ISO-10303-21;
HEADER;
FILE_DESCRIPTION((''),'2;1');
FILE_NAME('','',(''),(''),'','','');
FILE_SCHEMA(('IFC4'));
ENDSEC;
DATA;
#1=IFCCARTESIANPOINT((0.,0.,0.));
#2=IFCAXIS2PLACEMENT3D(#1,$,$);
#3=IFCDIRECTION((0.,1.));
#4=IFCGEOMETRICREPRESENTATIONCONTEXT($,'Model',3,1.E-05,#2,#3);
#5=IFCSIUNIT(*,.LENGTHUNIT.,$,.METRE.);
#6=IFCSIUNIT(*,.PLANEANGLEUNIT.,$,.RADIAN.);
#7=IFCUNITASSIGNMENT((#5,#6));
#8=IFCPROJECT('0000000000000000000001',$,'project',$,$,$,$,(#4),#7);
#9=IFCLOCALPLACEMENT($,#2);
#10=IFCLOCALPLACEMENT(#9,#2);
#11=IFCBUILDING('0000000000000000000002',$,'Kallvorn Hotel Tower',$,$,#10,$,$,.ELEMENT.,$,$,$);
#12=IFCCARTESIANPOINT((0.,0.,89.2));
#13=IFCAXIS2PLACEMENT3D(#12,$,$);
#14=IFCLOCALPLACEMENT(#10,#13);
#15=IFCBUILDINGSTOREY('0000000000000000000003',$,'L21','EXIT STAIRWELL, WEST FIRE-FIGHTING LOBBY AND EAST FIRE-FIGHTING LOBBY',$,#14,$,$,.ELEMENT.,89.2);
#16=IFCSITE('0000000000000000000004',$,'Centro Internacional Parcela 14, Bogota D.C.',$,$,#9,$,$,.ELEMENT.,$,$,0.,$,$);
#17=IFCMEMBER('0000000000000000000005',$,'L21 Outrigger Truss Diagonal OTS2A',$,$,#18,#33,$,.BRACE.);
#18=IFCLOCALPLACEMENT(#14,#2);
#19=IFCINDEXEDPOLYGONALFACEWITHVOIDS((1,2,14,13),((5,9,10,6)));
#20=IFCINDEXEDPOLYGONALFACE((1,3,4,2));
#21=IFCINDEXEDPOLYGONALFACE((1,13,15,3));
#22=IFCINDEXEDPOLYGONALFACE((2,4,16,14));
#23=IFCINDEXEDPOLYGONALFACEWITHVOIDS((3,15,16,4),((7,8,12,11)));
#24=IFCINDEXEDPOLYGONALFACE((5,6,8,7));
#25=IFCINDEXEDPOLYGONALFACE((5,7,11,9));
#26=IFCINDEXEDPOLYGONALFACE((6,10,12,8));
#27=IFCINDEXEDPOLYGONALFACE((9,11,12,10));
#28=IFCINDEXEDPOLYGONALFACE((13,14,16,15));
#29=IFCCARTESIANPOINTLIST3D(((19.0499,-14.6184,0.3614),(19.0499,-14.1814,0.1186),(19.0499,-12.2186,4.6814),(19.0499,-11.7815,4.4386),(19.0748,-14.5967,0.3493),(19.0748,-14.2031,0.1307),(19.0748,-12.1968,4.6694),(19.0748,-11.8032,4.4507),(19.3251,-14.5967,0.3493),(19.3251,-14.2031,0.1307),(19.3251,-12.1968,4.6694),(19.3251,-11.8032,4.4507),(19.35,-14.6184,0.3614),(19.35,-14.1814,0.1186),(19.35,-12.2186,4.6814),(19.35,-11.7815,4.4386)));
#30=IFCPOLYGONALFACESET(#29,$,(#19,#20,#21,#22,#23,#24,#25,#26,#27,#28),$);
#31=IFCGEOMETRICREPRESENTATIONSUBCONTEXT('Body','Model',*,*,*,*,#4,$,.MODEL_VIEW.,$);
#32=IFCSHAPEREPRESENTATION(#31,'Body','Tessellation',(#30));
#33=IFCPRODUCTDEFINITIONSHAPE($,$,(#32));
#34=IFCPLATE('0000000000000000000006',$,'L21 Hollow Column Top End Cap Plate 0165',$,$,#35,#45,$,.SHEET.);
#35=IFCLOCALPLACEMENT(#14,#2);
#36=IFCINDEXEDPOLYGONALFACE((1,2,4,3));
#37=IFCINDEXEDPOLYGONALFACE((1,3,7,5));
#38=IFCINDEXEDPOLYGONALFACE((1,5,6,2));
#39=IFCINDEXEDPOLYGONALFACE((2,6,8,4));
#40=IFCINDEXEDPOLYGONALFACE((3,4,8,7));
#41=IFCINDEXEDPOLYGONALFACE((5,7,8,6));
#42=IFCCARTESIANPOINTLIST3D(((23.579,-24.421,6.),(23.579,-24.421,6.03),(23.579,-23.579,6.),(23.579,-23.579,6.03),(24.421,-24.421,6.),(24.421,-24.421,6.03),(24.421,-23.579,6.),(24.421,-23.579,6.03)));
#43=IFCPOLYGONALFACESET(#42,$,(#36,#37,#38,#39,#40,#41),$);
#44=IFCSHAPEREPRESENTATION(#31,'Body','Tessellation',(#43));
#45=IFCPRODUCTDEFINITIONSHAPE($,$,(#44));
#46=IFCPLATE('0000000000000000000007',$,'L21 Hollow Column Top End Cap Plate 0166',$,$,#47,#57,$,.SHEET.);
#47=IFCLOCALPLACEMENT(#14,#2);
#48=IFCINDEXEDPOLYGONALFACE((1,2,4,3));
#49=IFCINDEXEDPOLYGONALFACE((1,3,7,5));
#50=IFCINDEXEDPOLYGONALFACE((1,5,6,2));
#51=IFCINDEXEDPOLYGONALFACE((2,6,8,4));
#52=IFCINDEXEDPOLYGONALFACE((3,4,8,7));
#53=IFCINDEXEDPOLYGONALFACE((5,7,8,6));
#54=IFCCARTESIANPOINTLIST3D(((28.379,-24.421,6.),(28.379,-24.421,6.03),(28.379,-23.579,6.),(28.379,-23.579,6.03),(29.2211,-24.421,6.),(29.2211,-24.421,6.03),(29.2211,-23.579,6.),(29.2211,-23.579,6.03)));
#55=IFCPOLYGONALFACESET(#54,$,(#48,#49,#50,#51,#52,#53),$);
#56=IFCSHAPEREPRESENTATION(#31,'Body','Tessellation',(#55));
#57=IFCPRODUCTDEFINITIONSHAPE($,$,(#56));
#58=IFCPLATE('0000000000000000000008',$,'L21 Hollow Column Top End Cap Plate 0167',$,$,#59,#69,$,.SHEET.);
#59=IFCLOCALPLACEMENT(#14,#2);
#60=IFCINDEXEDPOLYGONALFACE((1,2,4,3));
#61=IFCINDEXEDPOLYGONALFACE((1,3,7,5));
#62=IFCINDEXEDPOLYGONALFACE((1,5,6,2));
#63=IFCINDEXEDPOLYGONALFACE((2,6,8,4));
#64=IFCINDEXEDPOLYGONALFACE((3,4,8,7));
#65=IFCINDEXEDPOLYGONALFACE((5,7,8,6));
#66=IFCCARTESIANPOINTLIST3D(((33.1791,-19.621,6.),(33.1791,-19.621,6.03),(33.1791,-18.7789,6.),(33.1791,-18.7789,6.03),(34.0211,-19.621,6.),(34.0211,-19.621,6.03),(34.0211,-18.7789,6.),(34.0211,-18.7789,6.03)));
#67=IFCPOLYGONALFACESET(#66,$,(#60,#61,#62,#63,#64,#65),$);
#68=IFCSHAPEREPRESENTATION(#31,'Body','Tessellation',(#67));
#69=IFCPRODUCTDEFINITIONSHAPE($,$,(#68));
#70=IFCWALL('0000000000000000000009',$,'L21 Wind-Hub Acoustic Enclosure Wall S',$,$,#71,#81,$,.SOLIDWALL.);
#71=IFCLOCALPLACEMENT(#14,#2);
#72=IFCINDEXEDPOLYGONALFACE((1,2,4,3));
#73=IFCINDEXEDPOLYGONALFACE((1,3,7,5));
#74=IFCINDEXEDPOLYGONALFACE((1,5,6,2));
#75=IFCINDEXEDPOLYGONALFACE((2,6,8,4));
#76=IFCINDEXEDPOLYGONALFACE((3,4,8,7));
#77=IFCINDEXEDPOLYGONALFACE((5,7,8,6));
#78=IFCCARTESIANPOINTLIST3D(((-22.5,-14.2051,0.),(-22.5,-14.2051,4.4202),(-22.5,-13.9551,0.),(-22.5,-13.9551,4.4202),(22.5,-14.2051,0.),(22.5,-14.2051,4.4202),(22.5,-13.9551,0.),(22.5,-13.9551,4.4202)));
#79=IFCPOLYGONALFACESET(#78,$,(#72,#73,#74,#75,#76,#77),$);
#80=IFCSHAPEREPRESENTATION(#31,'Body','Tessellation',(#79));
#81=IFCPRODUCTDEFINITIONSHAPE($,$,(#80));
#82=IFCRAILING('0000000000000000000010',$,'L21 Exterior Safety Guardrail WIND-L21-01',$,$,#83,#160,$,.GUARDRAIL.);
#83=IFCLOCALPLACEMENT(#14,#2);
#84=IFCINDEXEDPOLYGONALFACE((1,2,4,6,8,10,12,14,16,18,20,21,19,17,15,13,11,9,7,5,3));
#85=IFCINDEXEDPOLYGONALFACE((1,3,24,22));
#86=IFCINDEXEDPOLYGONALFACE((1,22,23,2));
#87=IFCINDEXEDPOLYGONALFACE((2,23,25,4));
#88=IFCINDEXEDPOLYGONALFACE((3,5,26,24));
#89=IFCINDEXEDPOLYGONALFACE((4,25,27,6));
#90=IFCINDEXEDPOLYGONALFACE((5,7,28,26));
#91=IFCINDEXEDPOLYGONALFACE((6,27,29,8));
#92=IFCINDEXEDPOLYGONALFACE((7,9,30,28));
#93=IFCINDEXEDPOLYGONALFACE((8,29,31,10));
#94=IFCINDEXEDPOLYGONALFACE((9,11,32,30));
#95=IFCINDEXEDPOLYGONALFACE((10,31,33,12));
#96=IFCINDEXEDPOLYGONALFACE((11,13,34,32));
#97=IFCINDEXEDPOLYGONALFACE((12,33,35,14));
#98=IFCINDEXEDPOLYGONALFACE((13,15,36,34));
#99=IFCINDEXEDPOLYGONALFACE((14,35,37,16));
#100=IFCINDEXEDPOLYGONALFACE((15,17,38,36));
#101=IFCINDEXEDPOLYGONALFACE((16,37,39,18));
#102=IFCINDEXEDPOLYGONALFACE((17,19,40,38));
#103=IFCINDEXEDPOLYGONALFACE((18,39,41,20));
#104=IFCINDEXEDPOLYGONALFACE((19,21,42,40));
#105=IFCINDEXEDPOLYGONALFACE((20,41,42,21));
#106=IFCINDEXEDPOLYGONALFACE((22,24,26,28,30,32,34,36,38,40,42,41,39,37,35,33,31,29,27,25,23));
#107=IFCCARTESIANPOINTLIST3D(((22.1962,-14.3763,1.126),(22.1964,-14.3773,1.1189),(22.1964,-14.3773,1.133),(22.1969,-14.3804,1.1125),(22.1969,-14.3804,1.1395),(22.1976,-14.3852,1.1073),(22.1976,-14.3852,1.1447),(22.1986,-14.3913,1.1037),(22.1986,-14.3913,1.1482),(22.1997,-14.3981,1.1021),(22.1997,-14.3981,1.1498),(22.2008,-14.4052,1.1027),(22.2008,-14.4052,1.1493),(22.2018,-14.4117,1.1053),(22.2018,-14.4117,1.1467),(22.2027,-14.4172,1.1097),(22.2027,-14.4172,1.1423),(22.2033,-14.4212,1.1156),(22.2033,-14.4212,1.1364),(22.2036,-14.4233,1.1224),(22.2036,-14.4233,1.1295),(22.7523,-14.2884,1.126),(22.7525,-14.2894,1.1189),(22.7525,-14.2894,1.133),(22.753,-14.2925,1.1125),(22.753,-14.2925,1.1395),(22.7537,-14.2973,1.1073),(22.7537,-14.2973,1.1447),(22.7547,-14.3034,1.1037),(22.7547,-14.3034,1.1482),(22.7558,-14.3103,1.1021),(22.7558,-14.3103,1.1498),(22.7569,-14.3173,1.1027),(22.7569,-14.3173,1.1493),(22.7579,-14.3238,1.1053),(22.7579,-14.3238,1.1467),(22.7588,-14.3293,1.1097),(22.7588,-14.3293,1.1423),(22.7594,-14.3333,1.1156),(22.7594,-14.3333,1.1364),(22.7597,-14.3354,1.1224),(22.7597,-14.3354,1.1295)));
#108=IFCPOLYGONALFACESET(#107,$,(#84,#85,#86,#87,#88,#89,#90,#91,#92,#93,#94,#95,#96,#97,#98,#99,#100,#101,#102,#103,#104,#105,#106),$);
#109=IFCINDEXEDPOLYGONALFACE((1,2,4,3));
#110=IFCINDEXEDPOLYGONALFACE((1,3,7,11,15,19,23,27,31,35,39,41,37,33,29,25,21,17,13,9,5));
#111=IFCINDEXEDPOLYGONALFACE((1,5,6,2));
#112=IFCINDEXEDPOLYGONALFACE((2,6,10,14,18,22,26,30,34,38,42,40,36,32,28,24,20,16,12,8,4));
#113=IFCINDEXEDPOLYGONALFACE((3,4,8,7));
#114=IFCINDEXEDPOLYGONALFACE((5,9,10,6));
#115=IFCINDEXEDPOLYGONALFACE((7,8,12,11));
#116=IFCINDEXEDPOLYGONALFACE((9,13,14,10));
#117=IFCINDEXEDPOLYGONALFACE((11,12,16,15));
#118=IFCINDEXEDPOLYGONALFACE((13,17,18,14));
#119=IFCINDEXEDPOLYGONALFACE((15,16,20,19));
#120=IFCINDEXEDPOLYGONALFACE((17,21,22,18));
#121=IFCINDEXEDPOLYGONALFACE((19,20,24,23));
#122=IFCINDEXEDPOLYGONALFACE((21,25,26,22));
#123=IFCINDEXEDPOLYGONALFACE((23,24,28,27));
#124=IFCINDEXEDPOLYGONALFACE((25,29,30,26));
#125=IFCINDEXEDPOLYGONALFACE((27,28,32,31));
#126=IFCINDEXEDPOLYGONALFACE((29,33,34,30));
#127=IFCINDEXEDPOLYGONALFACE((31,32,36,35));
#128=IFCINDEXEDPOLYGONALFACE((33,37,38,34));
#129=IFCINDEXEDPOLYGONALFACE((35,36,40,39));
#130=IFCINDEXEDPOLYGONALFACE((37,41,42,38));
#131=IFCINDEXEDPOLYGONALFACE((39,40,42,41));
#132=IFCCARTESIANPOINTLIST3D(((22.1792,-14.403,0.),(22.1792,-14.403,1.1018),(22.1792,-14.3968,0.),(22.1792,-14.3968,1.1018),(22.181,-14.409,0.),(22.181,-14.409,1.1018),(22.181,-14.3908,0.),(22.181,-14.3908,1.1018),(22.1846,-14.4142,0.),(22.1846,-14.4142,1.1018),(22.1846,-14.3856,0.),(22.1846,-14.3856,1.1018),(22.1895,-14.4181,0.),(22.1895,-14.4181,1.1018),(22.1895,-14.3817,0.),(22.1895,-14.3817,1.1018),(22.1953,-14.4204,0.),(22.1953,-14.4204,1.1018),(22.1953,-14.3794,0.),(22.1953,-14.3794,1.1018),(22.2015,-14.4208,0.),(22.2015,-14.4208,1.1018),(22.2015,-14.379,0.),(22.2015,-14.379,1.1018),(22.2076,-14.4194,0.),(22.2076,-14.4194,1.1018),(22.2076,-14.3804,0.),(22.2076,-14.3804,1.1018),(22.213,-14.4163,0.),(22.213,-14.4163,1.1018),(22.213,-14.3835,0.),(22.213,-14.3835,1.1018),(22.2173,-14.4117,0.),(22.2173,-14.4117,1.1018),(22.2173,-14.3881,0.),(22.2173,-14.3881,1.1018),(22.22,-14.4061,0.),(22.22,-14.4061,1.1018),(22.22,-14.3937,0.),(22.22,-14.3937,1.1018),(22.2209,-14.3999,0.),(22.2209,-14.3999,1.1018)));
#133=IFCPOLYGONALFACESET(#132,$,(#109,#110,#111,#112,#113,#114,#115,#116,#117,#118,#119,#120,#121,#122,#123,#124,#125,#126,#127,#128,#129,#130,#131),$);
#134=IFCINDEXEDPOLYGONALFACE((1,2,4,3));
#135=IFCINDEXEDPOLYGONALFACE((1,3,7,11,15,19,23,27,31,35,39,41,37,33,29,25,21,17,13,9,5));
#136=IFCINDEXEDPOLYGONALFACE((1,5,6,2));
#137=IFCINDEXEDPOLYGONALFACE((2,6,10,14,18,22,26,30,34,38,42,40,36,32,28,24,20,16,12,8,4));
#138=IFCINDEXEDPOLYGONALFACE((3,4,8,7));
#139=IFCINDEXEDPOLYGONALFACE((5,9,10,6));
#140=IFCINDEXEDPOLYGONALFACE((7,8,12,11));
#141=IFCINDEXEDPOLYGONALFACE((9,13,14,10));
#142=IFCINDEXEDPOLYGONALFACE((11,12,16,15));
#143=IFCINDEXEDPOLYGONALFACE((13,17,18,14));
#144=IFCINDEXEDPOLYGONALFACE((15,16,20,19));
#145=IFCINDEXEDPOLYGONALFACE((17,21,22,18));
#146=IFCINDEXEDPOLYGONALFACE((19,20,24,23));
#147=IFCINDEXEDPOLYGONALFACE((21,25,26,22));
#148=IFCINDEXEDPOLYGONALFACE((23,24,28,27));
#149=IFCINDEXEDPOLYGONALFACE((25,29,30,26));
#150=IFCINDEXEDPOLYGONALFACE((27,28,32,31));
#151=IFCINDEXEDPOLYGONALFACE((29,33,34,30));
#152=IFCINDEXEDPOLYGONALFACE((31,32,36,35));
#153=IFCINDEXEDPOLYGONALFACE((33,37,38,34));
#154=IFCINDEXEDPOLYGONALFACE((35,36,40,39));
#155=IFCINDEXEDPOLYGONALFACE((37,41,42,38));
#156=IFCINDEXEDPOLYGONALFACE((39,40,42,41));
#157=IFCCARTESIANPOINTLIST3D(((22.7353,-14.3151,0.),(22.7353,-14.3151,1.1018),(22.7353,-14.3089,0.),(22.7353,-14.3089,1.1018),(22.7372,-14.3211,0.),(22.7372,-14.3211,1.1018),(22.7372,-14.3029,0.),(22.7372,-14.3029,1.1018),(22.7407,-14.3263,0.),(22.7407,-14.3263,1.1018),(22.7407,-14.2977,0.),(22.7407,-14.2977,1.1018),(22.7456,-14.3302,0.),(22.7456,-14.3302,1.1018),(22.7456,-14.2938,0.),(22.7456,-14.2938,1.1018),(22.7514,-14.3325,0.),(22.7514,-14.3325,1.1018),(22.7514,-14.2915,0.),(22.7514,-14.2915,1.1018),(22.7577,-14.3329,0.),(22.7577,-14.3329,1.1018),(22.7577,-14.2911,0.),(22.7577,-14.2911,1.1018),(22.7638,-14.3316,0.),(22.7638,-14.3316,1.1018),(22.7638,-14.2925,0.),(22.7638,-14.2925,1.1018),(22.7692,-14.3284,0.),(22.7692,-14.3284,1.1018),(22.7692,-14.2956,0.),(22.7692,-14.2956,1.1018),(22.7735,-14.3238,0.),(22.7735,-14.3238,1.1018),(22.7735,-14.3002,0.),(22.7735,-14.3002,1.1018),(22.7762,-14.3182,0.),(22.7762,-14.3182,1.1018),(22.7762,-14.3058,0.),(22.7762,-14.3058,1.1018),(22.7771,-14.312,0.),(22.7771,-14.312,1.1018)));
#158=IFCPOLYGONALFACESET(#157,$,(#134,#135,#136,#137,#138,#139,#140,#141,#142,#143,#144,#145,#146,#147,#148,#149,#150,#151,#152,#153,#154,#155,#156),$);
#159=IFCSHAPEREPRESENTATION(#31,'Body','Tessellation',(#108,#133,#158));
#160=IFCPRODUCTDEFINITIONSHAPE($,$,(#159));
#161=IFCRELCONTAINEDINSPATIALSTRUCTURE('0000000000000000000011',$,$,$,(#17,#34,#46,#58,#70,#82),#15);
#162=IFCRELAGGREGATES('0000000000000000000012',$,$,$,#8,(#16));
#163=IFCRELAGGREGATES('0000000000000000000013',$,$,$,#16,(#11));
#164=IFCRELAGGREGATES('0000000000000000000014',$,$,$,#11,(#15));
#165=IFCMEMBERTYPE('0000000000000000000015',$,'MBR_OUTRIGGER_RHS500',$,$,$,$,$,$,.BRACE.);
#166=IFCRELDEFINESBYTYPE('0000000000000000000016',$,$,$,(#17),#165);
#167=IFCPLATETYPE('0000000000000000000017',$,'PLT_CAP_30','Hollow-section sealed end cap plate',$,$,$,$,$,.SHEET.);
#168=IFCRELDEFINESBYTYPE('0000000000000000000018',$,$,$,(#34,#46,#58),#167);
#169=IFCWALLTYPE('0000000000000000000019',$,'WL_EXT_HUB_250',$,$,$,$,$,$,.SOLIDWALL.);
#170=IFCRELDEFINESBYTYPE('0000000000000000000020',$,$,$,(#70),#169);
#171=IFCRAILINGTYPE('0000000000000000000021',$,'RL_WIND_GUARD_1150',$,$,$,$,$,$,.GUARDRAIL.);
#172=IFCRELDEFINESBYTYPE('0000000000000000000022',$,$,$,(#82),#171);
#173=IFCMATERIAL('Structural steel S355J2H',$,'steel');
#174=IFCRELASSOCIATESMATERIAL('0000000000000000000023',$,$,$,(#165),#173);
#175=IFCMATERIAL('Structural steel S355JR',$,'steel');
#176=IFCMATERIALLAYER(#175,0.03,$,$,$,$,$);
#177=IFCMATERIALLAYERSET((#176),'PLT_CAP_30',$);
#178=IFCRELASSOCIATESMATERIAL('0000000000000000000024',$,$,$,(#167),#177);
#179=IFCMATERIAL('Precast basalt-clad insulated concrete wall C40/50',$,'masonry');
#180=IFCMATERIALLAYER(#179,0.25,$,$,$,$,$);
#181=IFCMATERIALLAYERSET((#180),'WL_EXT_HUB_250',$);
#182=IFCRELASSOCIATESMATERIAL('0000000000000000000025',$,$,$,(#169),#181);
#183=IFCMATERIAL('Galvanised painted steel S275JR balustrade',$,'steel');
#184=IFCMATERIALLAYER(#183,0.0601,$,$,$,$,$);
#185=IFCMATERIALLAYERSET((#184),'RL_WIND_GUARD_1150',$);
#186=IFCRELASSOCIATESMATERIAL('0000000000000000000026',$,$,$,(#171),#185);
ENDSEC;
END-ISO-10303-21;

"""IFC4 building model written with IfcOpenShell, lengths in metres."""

from ifc_helpers import new_model, si_unit, direction, frame, frame_2d, origin, origin_2d, place, context, subcontext, project, spatial, rectangle, hollow_rectangle, circle, extrude, material, layer, layer_set, material_profile, profile_set, type_object, element, save


model = new_model("IFC4")

# Units and contexts
model_context = context("Model", 3, precision=1e-05, world=origin(), true_north=direction((0.0, 1.0)))
body_context = subcontext(model_context, "Body", "Model", "MODEL_VIEW")
ifc_project = project(units=[si_unit("LENGTHUNIT", "METRE"), si_unit("PLANEANGLEUNIT", "RADIAN")], contexts=[model_context])

# Site, building, storey
site_placement = place(None, origin())
site = spatial("IfcSite", under=ifc_project, at=site_placement, Name="Centro Internacional Parcela 14, Bogota D.C.", CompositionType="ELEMENT", RefElevation=0.0)
building_placement = place(site_placement, origin())
building = spatial("IfcBuilding", under=site, at=building_placement, Name="Kallvorn Hotel Tower", CompositionType="ELEMENT")
storey_placement = place(building_placement, frame((0.0, 0.0, 89.2)))
storey = spatial("IfcBuildingStorey", under=building, at=storey_placement, Name="L21", Description="EXIT STAIRWELL, WEST FIRE-FIGHTING LOBBY AND EAST FIRE-FIGHTING LOBBY", CompositionType="ELEMENT", Elevation=89.2)

# Member
ifc_material_1 = material(Name="Structural steel S355J2H", Category="steel")
ifc_material_profile_1 = material_profile(ifc_material_1, hollow_rectangle(XDim=0.3, YDim=0.5, WallThickness=0.0249, at=origin_2d()), Name="RHS 500x300x25")
ifc_profile_set_1 = profile_set([ifc_material_profile_1], Name="Structural steel S355J2H")
member_type_1 = type_object("IfcMemberType", Name="MBR_OUTRIGGER_RHS500", PredefinedType="BRACE", material=ifc_profile_set_1)
member_1_placement = place(storey_placement, frame((19.2, -14.3999, 0.24), z_axis=(0.0, 0.485622, 0.874169), x_axis=(-1.0, 0.0, 0.0)))
element("IfcMember", 1, at=member_1_placement, inside=storey, type_object=member_type_1, Name="L21 Outrigger Truss Diagonal OTS2A", PredefinedType="BRACE", context=body_context, shape_type="SweptSolid", body=[
    extrude(hollow_rectangle(XDim=0.3, YDim=0.5, WallThickness=0.0249, at=origin_2d()), origin(), (0.0, 0.0, 1.0), 4.9419),
])

# Plates
ifc_material_2 = material(Name="Structural steel S355JR", Category="steel")
ifc_layer_1 = layer(ifc_material_2, 0.03)
ifc_layer_set_1 = layer_set([ifc_layer_1], Name="PLT_CAP_30")
plate_type = type_object("IfcPlateType", Name="PLT_CAP_30", Description="Hollow-section sealed end cap plate", PredefinedType="SHEET", material=ifc_layer_set_1)
for number, where, z_axis, x_axis, name in (
    (2, (24.0, -24.0, 6.0), (0.0, 0.0, 1.0), (1.0, 0.0, 0.0), "L21 Hollow Column Top End Cap Plate 0165"),
    (3, (28.8, -24.0, 6.0), (0.0, 0.0, 1.0), (1.0, 0.0, 0.0), "L21 Hollow Column Top End Cap Plate 0166"),
    (4, (33.6001, -19.2, 6.0), (0.0, 0.0, 1.0), (1.0, 0.0, 0.0), "L21 Hollow Column Top End Cap Plate 0167"),
):
    element("IfcPlate", number, at=place(storey_placement, frame(where, z_axis=z_axis, x_axis=x_axis)), inside=storey, type_object=plate_type, Name=name, PredefinedType="SHEET", context=body_context, shape_type="SweptSolid", body=[
        extrude(rectangle(XDim=0.842, YDim=0.842, at=origin_2d()), origin(), (0.0, 0.0, 1.0), 0.03),
    ])

# Wall
ifc_material_3 = material(Name="Precast basalt-clad insulated concrete wall C40/50", Category="masonry")
ifc_layer_2 = layer(ifc_material_3, 0.25)
ifc_layer_set_2 = layer_set([ifc_layer_2], Name="WL_EXT_HUB_250")
wall_type = type_object("IfcWallType", Name="WL_EXT_HUB_250", PredefinedType="SOLIDWALL", material=ifc_layer_set_2)
wall_placement = place(storey_placement, frame((22.5, -14.0801, 0.0), z_axis=(0.0, 0.0, 1.0), x_axis=(-1.0, 0.0, 0.0)))
element("IfcWall", 5, at=wall_placement, inside=storey, type_object=wall_type, Name="L21 Wind-Hub Acoustic Enclosure Wall S", PredefinedType="SOLIDWALL", context=body_context, shape_type="SweptSolid", body=[
    extrude(rectangle(XDim=45.0, YDim=0.25, at=frame_2d((22.5, 0.0))), origin(), (0.0, 0.0, 1.0), 4.4202),
])

# Railing
ifc_material_4 = material(Name="Galvanised painted steel S275JR balustrade", Category="steel")
ifc_layer_3 = layer(ifc_material_4, 0.0601)
ifc_layer_set_3 = layer_set([ifc_layer_3], Name="RL_WIND_GUARD_1150")
railing_type = type_object("IfcRailingType", Name="RL_WIND_GUARD_1150", PredefinedType="GUARDRAIL", material=ifc_layer_set_3)
railing_1_placement = place(storey_placement, frame((22.2, -14.3999, 0.0)))
element("IfcRailing", 6, at=railing_1_placement, inside=storey, type_object=railing_type, Name="L21 Exterior Safety Guardrail WIND-L21-01", PredefinedType="GUARDRAIL", context=body_context, shape_type="SweptSolid", body=[
    extrude(circle(Radius=0.0239, at=origin_2d()), frame((0.0, 0.0, 1.126), z_axis=(0.987742, 0.156096, 0.0), x_axis=(-0.156096, 0.987742, 0.0)), (0.0, 0.0, 1.0), 0.563),
    extrude(circle(Radius=0.021, at=origin_2d()), origin(), (0.0, 0.0, 1.0), 1.1018),
    extrude(circle(Radius=0.021, at=origin_2d()), frame((0.5562, 0.0879, 0.0)), (0.0, 0.0, 1.0), 1.1018),
])

save(model, "model.ifc")
